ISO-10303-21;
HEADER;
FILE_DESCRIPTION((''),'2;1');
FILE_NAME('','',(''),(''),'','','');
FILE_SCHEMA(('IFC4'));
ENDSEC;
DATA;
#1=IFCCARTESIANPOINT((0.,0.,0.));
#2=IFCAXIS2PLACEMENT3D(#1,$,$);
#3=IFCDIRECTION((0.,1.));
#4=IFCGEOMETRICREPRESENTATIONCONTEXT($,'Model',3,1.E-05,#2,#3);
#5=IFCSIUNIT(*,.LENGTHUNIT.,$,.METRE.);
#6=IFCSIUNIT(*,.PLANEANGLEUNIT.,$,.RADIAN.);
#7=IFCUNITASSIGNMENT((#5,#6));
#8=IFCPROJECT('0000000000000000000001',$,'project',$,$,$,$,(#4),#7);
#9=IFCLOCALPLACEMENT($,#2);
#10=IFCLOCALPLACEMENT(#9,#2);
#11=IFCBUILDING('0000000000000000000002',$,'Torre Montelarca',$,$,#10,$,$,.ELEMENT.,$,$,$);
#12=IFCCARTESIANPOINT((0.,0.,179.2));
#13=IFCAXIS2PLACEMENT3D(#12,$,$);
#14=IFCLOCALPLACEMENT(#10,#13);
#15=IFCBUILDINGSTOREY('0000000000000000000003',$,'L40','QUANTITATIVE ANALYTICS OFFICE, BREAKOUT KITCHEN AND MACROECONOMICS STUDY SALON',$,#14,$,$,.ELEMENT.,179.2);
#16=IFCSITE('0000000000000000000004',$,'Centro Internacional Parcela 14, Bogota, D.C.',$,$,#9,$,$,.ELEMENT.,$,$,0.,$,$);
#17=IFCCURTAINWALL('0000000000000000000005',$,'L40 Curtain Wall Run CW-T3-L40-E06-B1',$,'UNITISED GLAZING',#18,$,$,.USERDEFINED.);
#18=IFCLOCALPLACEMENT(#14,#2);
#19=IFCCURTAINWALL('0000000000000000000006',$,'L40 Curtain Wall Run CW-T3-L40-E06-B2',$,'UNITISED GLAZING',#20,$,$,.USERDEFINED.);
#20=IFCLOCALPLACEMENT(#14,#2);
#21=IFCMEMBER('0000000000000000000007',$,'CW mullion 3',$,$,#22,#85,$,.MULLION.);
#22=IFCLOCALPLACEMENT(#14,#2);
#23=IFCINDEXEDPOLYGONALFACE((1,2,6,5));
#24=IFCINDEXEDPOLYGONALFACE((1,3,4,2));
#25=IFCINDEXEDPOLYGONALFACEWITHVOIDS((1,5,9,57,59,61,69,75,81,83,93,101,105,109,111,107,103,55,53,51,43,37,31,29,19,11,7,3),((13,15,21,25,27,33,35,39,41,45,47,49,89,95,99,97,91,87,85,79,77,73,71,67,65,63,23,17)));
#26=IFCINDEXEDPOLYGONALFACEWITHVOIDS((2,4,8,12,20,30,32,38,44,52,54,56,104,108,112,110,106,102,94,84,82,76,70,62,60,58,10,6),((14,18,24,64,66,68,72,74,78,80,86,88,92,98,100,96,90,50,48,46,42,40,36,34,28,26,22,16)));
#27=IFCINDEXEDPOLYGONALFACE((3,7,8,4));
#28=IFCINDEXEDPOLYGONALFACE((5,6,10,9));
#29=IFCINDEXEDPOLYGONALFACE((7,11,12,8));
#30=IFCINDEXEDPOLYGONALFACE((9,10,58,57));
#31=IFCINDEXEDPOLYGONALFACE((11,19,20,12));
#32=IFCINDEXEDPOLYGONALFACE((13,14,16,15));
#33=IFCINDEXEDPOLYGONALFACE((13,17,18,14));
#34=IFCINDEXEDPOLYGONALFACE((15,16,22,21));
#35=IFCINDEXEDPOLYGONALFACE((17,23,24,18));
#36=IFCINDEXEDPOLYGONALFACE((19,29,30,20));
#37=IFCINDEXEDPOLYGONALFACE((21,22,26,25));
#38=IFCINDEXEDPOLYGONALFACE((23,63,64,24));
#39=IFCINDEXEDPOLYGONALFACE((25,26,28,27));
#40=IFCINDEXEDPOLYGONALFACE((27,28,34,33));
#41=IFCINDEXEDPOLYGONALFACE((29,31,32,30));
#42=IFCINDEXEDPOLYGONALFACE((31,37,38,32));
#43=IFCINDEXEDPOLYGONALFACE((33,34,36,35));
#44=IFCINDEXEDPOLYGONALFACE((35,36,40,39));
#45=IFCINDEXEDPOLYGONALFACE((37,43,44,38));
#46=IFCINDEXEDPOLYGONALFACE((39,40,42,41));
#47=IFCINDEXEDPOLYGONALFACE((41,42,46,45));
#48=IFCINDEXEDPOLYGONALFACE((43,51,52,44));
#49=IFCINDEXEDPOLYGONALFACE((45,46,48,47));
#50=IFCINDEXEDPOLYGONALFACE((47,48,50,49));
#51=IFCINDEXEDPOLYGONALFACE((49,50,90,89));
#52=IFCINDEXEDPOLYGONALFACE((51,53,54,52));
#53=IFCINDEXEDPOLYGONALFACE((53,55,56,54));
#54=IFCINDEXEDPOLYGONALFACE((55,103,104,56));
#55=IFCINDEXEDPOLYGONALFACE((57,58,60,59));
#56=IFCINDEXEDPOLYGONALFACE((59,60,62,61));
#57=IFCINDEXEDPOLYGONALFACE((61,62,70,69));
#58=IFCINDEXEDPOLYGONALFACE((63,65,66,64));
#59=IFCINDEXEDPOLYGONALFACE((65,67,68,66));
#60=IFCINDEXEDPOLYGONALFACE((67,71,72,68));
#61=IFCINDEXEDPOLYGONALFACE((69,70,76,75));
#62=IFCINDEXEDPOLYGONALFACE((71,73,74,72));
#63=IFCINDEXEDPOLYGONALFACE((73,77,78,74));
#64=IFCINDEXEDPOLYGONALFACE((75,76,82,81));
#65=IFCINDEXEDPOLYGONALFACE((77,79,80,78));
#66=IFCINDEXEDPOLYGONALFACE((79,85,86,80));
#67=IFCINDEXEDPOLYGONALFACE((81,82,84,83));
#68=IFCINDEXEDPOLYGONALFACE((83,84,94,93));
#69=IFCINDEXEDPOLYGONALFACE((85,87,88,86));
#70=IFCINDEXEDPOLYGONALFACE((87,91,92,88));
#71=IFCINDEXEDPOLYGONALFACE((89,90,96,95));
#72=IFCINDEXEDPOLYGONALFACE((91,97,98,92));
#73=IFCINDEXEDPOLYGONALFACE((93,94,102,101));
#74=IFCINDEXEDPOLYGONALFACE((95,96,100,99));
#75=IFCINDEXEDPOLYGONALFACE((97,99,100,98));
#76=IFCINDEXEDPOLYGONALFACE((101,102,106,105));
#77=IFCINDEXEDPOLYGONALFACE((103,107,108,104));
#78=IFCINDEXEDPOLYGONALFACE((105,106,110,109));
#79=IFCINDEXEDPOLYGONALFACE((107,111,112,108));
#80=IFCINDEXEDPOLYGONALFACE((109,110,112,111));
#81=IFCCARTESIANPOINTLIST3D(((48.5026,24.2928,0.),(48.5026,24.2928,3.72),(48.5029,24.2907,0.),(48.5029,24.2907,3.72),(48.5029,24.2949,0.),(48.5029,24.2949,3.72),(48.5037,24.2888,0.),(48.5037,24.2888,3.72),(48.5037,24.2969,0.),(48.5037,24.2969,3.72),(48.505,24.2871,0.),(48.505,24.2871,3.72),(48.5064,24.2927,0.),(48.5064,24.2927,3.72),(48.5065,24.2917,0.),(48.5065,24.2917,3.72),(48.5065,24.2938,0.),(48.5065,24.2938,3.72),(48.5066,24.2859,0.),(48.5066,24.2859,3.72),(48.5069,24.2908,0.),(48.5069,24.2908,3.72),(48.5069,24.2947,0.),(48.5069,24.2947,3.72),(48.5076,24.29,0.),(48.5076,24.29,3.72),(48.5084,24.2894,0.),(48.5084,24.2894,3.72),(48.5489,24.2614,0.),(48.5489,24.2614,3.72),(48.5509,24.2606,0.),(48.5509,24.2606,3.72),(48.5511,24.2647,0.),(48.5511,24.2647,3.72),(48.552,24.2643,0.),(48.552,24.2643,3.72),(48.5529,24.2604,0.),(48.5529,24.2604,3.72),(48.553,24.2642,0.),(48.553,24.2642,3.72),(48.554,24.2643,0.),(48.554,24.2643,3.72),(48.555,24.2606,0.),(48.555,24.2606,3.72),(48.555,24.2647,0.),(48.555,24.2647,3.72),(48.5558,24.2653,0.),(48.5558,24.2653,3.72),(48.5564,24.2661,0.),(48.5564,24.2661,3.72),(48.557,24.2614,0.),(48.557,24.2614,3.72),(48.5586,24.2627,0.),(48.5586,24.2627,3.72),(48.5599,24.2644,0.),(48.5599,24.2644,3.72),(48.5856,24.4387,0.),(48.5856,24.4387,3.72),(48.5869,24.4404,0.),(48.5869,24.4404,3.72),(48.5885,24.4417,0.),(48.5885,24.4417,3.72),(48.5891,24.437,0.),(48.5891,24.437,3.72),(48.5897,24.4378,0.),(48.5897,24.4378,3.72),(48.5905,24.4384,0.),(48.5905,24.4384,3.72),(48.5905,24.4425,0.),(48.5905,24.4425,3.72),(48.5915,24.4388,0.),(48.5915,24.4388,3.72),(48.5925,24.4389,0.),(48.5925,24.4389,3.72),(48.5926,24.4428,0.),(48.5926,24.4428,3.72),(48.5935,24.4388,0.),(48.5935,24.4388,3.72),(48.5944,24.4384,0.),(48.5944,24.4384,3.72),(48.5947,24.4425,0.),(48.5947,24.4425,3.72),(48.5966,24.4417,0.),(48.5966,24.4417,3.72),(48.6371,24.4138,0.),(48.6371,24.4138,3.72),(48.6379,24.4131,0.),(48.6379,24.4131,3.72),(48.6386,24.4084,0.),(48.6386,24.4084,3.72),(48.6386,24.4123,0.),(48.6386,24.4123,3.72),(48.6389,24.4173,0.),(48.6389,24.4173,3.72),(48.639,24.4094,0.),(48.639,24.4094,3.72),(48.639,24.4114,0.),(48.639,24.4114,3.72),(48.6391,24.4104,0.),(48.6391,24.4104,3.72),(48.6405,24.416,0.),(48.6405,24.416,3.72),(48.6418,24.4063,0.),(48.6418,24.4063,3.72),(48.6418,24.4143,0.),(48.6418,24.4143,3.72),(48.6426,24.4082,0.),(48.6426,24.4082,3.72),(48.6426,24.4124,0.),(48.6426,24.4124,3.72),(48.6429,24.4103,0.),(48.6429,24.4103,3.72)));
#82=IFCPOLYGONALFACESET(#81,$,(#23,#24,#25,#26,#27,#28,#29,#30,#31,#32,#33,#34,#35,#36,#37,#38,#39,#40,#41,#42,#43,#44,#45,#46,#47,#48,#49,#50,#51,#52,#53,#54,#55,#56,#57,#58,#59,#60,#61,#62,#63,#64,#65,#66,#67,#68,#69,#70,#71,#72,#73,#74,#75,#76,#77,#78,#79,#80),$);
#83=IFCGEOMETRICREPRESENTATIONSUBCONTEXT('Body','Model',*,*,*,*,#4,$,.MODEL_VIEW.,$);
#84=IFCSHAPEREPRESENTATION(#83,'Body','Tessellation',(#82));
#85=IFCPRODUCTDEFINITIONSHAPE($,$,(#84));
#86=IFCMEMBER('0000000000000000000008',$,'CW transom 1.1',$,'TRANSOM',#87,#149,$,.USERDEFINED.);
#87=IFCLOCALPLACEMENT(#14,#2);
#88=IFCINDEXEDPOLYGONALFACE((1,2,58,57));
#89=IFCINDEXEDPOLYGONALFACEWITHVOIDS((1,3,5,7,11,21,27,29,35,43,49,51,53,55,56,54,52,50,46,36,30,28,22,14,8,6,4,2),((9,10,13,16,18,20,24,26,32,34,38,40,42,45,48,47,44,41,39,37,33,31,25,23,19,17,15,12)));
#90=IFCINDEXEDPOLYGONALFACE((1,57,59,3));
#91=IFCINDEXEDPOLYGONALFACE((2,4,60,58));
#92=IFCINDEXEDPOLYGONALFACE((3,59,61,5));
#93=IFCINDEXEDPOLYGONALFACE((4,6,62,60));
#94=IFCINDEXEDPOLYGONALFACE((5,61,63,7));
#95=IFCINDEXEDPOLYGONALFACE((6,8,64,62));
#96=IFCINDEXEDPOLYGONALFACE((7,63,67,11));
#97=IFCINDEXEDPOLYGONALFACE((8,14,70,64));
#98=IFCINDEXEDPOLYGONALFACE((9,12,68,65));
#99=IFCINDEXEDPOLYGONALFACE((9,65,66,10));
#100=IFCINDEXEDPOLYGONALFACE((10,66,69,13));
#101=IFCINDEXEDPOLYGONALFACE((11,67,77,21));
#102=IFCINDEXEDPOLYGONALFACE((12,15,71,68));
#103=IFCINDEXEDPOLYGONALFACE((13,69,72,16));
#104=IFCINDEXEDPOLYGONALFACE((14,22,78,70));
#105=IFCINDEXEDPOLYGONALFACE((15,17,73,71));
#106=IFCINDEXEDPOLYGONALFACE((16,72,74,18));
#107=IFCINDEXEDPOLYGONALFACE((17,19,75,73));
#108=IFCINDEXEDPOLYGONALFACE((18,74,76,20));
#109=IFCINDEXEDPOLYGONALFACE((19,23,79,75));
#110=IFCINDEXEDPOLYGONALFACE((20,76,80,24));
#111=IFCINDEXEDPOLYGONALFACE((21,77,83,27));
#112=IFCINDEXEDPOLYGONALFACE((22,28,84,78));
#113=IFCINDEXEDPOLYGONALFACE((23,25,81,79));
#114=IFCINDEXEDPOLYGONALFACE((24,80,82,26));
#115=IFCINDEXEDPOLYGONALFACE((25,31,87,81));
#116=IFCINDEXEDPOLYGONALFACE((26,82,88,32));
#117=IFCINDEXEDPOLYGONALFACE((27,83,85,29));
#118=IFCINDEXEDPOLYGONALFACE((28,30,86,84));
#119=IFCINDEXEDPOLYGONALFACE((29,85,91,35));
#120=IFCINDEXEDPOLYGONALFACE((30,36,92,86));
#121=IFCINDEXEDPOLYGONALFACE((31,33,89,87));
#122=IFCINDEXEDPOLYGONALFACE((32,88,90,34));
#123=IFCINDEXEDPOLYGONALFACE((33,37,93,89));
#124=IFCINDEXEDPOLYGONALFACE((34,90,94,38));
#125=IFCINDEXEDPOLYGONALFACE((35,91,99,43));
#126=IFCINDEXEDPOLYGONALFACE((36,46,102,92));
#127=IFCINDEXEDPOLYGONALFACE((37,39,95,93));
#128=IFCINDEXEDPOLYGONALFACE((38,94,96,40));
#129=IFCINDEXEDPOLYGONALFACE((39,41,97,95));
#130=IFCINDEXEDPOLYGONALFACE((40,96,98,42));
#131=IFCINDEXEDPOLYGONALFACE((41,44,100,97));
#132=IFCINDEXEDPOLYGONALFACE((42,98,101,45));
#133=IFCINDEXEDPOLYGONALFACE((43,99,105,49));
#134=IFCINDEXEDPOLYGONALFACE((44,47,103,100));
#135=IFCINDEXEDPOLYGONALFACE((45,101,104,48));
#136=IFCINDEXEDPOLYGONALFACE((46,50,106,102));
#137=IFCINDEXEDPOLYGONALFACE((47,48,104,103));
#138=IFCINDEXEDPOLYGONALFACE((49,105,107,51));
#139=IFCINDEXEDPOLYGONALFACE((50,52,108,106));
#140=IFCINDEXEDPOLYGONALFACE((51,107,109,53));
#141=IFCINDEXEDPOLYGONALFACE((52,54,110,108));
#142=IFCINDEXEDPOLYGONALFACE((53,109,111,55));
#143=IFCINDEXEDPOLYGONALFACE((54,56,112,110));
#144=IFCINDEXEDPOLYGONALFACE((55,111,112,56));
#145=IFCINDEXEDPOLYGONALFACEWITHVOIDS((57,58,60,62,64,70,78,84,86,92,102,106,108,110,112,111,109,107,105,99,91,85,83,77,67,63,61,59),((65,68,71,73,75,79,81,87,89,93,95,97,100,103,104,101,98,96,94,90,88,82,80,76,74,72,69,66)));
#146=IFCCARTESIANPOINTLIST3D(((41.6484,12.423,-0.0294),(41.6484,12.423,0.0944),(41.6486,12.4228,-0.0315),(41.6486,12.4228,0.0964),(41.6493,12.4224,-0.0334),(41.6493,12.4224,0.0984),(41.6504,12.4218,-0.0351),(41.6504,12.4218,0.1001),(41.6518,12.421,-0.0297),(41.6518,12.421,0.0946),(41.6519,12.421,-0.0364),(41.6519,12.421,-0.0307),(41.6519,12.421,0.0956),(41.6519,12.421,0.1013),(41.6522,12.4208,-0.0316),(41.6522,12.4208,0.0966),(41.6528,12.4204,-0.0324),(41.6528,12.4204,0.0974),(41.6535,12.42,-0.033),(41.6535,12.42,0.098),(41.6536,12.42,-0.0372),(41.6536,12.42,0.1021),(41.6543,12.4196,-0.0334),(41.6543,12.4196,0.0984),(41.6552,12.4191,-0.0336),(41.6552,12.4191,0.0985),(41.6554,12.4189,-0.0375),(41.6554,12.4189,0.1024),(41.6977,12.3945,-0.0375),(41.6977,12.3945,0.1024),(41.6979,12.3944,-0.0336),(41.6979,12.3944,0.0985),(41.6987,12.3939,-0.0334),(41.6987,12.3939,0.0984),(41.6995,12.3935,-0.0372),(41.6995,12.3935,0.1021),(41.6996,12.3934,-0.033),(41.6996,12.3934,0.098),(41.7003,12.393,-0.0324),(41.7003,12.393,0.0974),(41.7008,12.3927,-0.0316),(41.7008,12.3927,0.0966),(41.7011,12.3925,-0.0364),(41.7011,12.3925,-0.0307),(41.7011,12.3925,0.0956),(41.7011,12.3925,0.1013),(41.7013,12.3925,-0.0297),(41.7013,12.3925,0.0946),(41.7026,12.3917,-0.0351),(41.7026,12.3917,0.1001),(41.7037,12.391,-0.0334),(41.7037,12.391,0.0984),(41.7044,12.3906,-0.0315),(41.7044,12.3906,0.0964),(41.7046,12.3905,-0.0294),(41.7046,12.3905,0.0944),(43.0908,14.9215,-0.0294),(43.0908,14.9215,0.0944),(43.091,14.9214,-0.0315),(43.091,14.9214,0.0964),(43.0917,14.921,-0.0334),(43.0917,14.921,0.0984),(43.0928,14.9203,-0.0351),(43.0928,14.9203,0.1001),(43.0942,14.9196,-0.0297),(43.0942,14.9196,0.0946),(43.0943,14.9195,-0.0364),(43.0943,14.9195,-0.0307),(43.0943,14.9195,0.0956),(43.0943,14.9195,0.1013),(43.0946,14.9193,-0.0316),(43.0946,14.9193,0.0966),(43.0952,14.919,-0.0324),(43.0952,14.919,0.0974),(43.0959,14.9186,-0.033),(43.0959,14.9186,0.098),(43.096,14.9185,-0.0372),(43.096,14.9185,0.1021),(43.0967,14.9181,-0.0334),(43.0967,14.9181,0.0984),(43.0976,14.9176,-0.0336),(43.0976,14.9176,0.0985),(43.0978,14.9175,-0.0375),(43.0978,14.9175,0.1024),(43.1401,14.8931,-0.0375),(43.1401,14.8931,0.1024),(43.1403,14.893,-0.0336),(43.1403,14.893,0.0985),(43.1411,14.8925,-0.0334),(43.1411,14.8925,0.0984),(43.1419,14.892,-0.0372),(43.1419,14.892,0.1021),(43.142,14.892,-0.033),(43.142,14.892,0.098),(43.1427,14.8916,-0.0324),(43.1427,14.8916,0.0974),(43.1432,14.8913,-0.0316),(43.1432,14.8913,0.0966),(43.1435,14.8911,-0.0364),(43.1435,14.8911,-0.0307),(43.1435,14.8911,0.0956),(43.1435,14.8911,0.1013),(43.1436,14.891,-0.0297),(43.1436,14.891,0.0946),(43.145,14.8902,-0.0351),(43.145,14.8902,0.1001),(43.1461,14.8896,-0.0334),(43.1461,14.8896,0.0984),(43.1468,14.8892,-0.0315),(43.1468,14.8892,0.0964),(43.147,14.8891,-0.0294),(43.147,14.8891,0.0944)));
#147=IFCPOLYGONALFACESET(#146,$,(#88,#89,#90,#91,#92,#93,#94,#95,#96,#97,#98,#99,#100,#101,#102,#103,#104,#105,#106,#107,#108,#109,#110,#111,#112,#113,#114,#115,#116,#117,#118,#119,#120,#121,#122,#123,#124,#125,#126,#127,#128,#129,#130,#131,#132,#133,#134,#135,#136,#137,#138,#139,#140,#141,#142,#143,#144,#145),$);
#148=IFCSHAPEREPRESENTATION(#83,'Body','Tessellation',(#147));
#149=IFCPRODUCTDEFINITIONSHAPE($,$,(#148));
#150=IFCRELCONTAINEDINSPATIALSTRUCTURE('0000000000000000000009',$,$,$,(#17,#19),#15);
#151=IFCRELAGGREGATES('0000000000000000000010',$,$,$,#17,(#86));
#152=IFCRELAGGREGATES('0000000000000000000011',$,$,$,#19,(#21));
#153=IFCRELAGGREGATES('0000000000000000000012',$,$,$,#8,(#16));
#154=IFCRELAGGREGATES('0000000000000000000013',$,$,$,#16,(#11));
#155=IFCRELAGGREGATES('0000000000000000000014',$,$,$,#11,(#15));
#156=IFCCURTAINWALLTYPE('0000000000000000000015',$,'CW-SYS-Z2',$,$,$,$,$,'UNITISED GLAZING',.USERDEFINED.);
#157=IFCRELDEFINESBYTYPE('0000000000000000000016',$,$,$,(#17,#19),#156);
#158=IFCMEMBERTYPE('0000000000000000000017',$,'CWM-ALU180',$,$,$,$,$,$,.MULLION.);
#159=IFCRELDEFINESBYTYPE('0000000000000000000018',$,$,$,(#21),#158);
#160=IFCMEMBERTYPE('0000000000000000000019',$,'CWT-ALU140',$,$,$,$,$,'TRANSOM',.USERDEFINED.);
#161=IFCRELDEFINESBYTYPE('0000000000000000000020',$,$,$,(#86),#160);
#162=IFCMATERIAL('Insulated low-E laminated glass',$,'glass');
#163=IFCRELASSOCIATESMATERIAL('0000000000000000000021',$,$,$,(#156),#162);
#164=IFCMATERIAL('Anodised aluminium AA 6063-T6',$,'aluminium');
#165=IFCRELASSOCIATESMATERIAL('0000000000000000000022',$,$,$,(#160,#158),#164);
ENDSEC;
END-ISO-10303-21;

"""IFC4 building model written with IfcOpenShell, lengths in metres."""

from ifc_helpers import new_model, si_unit, direction, frame, origin, origin_2d, place, context, subcontext, project, spatial, hollow_rectangle, extrude, source, transform, mapped, material, material_profile, profile_set, type_object, element, aggregate, save


model = new_model("IFC4")

# Units and contexts
model_context = context("Model", 3, precision=1e-05, world=origin(), true_north=direction((0.0, 1.0)))
body_context = subcontext(model_context, "Body", "Model", "MODEL_VIEW")
ifc_project = project(units=[si_unit("LENGTHUNIT", "METRE"), si_unit("PLANEANGLEUNIT", "RADIAN")], contexts=[model_context])

# Site, building, storey
site_placement = place(None, origin())
site = spatial("IfcSite", under=ifc_project, at=site_placement, Name="Centro Internacional Parcela 14, Bogota, D.C.", CompositionType="ELEMENT", RefElevation=0.0)
building_placement = place(site_placement, origin())
building = spatial("IfcBuilding", under=site, at=building_placement, Name="Torre Montelarca", CompositionType="ELEMENT")
storey_placement = place(building_placement, frame((0.0, 0.0, 179.2)))
storey = spatial("IfcBuildingStorey", under=building, at=storey_placement, Name="L40", Description="QUANTITATIVE ANALYTICS OFFICE, BREAKOUT KITCHEN AND MACROECONOMICS STUDY SALON", CompositionType="ELEMENT", Elevation=179.2)

# Curtain walls, member
ifc_material_1 = material(Name="Insulated low-E laminated glass", Category="glass")
curtain_wall_type = type_object("IfcCurtainWallType", Name="CW-SYS-Z2", ElementType="UNITISED GLAZING", PredefinedType="USERDEFINED", material=ifc_material_1)
ifc_material_2 = material(Name="Anodised aluminium AA 6063-T6", Category="aluminium")
ifc_material_profile_1 = material_profile(ifc_material_2, hollow_rectangle(XDim=0.0649, YDim=0.1399, WallThickness=0.0039, InnerFilletRadius=0.0039, OuterFilletRadius=0.0081, at=origin_2d()), Name="ALU65X140X4", Category="aluminium")
ifc_profile_set_1 = profile_set([ifc_material_profile_1], Name="Anodised aluminium AA 6063-T6")
member_type_1 = type_object("IfcMemberType", Name="CWT-ALU140", ElementType="TRANSOM", PredefinedType="USERDEFINED", material=ifc_profile_set_1)
ifc_material_profile_2 = material_profile(ifc_material_2, hollow_rectangle(XDim=0.0649, YDim=0.1799, WallThickness=0.0039, InnerFilletRadius=0.0039, OuterFilletRadius=0.0081, at=origin_2d()), Name="ALU65X180X4", Category="aluminium")
ifc_profile_set_2 = profile_set([ifc_material_profile_2], Name="Anodised aluminium AA 6063-T6")
member_type_2 = type_object("IfcMemberType", Name="CWM-ALU180", PredefinedType="MULLION", material=ifc_profile_set_2)
shared_shape_1 = source(origin(), body_context, "Body", "SweptSolid", [
    extrude(hollow_rectangle(XDim=0.0649, YDim=0.1799, WallThickness=0.0039, InnerFilletRadius=0.0039, OuterFilletRadius=0.0081, at=origin_2d()), origin(), (0.0, 0.0, 1.0), 3.72),
])
curtain_wall_1_placement = place(storey_placement, origin())
curtain_wall_1 = element("IfcCurtainWall", 1, at=curtain_wall_1_placement, inside=storey, type_object=curtain_wall_type, Name="L40 Curtain Wall Run CW-T3-L40-E06-B1", ObjectType="UNITISED GLAZING", PredefinedType="USERDEFINED")
curtain_wall_2_placement = place(storey_placement, origin())
curtain_wall_2 = element("IfcCurtainWall", 2, at=curtain_wall_2_placement, inside=storey, type_object=curtain_wall_type, Name="L40 Curtain Wall Run CW-T3-L40-E06-B2", ObjectType="UNITISED GLAZING", PredefinedType="USERDEFINED")
member_1_placement = place(storey_placement, frame((48.5728, 24.3516, 0.0), z_axis=(0.0, 0.0, 1.0), x_axis=(-0.866028, 0.499996, 0.0)))
member_1 = element("IfcMember", 3, at=member_1_placement, type_object=member_type_2, Name="CW mullion 3", PredefinedType="MULLION", context=body_context, shape_type="MappedRepresentation", body=[
    mapped(shared_shape_1, transform((0.0, 0.0, 0.0), scale=1.0)),
])

# Member
shared_shape_2 = source(origin(), body_context, "Body", "SweptSolid", [
    extrude(hollow_rectangle(XDim=0.0649, YDim=0.1399, WallThickness=0.0039, InnerFilletRadius=0.0039, OuterFilletRadius=0.0081, at=origin_2d()), origin(), (0.0, 0.0, 1.0), 2.885),
])
member_2_placement = place(storey_placement, frame((41.6765, 12.4067, 0.0325), z_axis=(0.499962, 0.866047, 0.0), x_axis=(-0.866047, 0.499962, 0.0)))
member_2 = element("IfcMember", 4, at=member_2_placement, type_object=member_type_1, Name="CW transom 1.1", ObjectType="TRANSOM", PredefinedType="USERDEFINED", context=body_context, shape_type="MappedRepresentation", body=[
    mapped(shared_shape_2, transform((0.0, 0.0, 0.0), scale=1.0)),
])

aggregate(curtain_wall_1, [member_2])
aggregate(curtain_wall_2, [member_1])

save(model, "model.ifc")
